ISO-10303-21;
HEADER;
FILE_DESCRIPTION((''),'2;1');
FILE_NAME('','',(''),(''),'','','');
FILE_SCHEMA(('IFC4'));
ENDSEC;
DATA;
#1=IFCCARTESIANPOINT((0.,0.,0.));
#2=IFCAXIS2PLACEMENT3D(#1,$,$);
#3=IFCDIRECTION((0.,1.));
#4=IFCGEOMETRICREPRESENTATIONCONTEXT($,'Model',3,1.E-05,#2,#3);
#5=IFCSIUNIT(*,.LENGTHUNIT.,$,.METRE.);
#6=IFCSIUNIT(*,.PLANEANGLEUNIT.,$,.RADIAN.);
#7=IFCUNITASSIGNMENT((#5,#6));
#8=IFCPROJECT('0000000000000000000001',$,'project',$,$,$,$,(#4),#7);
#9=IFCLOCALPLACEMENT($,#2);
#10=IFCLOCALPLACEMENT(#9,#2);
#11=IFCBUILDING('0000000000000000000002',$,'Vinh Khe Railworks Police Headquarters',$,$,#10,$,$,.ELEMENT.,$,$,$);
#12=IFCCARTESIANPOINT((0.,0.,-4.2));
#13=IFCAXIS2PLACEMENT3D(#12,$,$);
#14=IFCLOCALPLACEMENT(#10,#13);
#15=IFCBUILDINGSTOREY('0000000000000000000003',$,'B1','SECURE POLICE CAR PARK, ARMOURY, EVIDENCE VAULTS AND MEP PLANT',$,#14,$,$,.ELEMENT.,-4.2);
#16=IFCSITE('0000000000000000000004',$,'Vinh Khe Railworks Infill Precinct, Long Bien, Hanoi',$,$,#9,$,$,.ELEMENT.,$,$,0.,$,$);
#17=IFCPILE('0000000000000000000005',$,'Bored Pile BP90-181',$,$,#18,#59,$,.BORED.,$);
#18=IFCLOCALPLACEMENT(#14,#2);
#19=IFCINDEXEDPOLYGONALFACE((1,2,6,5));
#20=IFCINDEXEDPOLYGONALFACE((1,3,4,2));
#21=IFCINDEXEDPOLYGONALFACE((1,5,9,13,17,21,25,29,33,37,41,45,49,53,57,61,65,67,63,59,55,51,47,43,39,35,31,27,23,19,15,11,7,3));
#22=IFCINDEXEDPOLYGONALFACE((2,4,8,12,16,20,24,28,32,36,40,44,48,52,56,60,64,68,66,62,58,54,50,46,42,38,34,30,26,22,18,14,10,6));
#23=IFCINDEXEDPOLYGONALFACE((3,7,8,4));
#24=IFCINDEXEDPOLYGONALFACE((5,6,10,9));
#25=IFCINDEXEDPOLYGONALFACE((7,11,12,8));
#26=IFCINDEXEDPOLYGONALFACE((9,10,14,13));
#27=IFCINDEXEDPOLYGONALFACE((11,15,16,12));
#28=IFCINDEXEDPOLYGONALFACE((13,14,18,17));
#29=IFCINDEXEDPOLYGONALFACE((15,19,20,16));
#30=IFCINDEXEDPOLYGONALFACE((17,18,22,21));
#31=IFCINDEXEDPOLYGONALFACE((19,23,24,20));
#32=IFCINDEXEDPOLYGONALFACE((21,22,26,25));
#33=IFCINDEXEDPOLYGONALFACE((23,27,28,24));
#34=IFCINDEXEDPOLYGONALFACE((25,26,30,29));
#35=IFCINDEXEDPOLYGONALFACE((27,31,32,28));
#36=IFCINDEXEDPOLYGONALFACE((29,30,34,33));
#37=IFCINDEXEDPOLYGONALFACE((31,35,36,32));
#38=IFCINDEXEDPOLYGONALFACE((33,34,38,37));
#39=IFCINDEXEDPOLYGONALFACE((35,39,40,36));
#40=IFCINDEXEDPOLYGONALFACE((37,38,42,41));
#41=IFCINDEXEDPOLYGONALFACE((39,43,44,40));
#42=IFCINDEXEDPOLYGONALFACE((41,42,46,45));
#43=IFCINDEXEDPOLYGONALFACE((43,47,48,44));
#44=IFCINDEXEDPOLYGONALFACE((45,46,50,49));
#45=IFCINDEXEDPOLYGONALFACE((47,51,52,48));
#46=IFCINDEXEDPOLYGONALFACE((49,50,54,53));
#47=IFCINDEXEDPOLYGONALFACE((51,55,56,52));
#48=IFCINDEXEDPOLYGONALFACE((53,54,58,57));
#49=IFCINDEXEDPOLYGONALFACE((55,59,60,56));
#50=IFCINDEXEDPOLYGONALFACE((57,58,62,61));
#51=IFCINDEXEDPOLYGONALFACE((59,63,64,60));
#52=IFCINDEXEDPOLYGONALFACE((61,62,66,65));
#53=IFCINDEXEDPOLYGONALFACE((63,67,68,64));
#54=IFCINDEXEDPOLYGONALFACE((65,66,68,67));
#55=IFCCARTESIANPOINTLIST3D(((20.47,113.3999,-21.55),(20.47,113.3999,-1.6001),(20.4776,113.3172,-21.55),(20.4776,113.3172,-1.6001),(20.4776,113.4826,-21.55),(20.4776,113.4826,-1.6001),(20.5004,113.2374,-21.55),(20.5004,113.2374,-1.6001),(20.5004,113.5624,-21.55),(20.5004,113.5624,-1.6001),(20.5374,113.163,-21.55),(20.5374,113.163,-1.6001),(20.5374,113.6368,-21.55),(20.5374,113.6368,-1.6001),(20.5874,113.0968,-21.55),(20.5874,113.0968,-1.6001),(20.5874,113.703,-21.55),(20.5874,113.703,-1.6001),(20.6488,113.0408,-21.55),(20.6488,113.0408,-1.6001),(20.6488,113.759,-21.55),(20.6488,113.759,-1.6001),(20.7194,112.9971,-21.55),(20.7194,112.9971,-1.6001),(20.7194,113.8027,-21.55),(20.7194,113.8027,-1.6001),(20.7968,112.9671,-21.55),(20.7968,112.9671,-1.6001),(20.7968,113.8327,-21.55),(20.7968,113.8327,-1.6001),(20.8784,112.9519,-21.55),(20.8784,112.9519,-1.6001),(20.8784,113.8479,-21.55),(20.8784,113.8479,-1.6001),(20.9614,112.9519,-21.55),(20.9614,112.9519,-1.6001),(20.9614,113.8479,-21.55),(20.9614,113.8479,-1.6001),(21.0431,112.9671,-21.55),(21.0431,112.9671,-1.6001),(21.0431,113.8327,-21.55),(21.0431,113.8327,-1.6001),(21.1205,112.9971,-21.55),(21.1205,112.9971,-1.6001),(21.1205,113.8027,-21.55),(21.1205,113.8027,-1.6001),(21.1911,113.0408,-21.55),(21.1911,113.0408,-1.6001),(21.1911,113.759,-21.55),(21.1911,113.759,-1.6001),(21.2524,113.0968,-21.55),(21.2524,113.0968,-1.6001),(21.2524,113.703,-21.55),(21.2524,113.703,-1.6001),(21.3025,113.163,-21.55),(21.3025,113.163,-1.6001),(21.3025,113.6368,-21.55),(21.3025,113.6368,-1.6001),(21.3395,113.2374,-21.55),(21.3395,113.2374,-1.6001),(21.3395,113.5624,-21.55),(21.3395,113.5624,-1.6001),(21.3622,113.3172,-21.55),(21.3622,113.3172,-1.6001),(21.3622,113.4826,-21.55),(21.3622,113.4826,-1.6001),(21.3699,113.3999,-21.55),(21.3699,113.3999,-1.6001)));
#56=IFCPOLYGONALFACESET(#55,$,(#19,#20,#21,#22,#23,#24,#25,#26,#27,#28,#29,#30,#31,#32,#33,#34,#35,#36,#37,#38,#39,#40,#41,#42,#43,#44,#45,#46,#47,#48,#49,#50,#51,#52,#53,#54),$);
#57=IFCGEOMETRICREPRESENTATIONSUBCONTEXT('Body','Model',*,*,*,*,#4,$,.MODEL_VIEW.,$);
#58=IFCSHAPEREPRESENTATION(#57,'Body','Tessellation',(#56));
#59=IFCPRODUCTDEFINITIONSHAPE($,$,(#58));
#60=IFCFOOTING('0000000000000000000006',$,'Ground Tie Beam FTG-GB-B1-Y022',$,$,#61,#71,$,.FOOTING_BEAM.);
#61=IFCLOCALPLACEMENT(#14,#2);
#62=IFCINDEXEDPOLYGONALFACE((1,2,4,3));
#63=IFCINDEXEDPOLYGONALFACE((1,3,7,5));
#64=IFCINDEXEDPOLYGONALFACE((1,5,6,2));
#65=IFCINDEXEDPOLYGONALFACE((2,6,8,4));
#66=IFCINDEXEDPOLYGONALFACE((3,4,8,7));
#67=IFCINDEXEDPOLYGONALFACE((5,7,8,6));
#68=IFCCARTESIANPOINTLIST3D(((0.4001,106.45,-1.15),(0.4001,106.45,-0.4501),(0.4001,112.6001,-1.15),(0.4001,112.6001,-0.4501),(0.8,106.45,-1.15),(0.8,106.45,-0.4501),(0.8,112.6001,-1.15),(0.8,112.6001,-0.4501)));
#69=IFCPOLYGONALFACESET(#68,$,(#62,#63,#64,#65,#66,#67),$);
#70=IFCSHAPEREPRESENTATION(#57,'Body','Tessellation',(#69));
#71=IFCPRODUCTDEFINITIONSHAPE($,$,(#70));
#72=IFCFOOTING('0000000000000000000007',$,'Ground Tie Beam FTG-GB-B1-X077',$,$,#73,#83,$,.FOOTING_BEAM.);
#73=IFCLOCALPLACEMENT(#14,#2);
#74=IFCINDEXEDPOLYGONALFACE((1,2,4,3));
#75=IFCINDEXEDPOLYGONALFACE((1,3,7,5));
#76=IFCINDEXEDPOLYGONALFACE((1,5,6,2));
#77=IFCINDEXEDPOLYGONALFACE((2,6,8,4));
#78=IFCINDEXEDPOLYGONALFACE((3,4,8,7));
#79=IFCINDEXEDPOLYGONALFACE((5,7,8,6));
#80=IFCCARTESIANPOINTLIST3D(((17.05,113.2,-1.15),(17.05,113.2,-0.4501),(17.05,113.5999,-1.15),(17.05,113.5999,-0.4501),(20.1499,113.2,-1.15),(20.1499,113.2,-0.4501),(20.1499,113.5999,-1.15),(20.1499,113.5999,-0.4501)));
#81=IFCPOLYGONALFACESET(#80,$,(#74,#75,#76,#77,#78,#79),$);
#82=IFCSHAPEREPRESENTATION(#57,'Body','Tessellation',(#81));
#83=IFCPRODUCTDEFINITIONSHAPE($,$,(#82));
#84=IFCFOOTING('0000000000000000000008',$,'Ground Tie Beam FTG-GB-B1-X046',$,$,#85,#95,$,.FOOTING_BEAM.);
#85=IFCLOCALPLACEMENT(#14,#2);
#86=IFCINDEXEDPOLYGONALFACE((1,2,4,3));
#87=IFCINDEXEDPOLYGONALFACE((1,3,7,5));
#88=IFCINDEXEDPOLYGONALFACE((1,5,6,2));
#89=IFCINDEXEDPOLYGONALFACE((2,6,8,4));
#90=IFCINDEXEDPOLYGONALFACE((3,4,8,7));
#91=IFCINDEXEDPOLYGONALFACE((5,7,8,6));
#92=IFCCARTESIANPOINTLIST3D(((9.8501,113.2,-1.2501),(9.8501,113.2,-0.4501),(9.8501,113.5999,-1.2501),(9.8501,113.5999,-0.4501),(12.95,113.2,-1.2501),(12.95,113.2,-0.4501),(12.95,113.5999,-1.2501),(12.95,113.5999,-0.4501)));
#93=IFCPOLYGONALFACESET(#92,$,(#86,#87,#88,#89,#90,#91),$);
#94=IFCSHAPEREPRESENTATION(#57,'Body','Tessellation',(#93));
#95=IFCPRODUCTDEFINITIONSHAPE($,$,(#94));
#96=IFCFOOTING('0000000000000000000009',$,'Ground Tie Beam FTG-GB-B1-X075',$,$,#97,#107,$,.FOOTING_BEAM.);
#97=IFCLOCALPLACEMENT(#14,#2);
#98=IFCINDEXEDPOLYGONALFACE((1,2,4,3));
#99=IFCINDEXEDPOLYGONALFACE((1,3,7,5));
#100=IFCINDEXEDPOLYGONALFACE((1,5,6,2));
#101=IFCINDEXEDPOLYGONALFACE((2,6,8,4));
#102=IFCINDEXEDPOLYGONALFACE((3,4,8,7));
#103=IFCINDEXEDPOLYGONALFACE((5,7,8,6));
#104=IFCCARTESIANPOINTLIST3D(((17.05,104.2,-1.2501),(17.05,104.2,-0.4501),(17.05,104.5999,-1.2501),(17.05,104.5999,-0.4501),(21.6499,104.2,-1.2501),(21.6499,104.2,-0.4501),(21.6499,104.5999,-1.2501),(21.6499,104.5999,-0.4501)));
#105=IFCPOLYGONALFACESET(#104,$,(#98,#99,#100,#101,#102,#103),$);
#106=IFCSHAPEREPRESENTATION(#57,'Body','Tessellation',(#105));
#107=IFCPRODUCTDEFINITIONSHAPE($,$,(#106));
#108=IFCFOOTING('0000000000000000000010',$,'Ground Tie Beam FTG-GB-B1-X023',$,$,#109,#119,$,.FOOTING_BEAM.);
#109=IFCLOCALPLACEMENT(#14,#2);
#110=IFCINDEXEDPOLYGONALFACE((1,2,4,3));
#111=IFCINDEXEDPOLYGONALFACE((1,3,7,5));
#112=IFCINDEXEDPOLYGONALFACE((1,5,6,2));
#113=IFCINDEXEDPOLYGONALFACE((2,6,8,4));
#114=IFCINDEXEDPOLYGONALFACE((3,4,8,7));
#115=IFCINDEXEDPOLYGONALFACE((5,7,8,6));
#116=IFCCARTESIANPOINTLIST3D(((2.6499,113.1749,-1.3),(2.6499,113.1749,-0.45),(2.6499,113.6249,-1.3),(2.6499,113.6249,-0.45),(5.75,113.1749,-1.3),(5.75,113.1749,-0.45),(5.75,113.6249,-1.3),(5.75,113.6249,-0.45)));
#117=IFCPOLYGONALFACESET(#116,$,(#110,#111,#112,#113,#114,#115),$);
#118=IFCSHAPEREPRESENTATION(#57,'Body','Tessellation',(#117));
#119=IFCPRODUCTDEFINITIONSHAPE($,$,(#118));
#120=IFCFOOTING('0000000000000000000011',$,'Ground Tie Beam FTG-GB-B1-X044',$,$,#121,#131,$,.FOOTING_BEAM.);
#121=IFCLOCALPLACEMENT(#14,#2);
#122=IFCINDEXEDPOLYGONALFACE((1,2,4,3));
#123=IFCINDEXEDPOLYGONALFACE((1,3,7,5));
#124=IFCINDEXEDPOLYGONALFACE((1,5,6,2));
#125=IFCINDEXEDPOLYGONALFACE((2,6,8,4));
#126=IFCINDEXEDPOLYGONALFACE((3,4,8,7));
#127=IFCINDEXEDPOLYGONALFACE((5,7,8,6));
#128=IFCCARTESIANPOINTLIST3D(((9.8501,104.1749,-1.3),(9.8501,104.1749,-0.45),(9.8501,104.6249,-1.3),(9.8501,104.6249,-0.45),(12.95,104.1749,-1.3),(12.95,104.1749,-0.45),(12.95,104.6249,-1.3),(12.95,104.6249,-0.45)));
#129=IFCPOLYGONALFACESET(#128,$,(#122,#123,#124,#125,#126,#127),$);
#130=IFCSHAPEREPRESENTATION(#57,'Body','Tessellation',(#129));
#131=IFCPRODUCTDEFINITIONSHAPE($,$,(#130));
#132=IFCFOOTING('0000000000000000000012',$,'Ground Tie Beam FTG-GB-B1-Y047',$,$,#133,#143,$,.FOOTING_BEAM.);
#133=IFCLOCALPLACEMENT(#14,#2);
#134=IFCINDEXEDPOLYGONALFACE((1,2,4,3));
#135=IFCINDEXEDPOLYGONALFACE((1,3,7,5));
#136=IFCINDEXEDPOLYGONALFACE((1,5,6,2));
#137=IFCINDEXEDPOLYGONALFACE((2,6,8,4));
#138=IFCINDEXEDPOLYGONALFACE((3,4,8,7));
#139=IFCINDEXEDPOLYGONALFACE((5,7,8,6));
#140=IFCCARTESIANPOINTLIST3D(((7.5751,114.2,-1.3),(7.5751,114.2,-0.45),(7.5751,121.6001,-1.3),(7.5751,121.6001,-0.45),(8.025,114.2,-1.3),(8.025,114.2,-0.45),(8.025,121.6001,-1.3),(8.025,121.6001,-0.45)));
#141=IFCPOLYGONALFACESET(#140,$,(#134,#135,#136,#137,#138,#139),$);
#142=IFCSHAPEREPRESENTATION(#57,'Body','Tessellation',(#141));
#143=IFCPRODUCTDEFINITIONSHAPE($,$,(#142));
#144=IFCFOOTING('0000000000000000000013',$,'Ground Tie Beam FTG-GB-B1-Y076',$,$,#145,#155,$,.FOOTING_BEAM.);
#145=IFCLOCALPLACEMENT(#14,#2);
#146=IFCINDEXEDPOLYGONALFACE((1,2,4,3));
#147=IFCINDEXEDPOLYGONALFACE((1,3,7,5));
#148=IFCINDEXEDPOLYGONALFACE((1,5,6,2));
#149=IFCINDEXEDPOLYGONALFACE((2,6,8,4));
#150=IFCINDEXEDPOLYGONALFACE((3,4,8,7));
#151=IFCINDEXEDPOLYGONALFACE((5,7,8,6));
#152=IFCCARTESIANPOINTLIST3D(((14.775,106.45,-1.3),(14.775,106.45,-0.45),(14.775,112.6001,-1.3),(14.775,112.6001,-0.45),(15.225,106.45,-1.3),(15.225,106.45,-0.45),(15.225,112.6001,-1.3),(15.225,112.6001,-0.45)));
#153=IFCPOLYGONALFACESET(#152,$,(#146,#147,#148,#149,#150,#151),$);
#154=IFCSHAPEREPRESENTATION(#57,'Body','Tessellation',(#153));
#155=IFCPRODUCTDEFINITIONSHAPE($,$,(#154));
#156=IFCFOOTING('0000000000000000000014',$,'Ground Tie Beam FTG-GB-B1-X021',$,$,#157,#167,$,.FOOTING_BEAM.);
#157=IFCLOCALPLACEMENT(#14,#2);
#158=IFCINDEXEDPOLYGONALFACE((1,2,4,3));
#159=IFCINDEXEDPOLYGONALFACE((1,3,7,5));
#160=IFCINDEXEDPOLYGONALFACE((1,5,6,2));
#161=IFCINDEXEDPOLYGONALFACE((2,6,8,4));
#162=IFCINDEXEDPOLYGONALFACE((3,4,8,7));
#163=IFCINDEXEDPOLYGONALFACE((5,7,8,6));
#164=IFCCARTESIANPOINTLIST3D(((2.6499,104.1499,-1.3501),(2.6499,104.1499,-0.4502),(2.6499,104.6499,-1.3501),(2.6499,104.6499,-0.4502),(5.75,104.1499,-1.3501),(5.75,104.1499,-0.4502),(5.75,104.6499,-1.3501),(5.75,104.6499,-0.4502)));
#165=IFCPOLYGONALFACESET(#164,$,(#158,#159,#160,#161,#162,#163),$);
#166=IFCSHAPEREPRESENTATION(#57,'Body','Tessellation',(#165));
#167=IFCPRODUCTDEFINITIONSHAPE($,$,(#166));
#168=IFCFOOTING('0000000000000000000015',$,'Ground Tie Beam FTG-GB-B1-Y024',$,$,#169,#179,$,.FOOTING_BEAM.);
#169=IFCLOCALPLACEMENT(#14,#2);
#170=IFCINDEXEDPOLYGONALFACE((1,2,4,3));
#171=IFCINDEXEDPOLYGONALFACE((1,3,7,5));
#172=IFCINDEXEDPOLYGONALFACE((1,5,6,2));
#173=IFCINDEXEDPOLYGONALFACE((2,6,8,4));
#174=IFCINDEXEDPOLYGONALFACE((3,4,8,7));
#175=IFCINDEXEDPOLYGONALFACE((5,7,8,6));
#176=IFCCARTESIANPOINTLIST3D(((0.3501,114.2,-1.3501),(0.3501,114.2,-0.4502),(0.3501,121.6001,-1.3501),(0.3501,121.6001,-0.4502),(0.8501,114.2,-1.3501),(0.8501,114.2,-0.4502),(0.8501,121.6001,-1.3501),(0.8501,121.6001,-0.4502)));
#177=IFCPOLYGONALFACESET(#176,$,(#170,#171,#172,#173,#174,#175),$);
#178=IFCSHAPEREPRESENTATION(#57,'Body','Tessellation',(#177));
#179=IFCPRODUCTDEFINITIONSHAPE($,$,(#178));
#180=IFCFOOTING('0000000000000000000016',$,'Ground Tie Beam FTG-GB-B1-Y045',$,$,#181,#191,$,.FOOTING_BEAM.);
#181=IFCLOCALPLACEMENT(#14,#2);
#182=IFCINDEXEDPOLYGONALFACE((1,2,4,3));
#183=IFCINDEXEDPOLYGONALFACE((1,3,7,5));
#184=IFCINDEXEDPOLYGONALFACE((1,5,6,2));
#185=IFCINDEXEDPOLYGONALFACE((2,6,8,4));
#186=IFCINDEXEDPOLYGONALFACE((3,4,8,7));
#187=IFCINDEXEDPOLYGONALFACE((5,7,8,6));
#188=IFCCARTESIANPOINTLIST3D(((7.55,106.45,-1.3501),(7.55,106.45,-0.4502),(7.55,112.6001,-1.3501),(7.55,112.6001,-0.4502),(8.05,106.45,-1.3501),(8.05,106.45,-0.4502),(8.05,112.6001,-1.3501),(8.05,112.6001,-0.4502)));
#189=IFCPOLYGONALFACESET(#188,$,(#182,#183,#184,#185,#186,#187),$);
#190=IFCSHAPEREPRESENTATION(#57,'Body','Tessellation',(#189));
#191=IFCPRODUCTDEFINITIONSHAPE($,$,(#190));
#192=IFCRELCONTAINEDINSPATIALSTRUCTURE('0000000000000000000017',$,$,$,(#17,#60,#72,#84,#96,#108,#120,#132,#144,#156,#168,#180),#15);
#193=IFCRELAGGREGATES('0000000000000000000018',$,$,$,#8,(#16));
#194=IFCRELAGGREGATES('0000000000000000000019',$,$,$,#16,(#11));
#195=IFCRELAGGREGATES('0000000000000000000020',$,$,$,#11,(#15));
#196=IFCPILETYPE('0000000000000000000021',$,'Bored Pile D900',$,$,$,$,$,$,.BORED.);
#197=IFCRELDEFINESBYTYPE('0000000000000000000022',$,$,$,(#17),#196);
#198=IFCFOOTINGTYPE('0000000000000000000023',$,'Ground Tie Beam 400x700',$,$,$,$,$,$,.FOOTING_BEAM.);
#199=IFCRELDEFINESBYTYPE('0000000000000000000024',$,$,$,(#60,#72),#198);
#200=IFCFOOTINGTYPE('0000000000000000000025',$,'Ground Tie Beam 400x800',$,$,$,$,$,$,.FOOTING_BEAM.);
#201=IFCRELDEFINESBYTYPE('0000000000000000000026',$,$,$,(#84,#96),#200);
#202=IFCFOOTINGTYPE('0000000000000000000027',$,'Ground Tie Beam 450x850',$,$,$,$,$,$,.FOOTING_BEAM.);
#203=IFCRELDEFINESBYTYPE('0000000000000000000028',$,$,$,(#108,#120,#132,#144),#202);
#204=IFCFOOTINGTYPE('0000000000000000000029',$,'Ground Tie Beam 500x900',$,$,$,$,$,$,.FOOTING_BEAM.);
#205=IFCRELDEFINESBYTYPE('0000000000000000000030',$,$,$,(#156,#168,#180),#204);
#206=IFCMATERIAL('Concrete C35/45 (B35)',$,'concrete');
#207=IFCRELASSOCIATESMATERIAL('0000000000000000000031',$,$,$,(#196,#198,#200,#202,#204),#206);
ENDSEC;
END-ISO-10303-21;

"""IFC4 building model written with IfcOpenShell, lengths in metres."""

from ifc_helpers import new_model, si_unit, direction, frame, origin, origin_2d, place, context, subcontext, project, spatial, rectangle, circle, extrude, material, material_profile, profile_set, type_object, element, save


model = new_model("IFC4")

# Units and contexts
model_context = context("Model", 3, precision=1e-05, world=origin(), true_north=direction((0.0, 1.0)))
body_context = subcontext(model_context, "Body", "Model", "MODEL_VIEW")
ifc_project = project(units=[si_unit("LENGTHUNIT", "METRE"), si_unit("PLANEANGLEUNIT", "RADIAN")], contexts=[model_context])

# Site, building, storey
site_placement = place(None, origin())
site = spatial("IfcSite", under=ifc_project, at=site_placement, Name="Vinh Khe Railworks Infill Precinct, Long Bien, Hanoi", CompositionType="ELEMENT", RefElevation=0.0)
building_placement = place(site_placement, origin())
building = spatial("IfcBuilding", under=site, at=building_placement, Name="Vinh Khe Railworks Police Headquarters", CompositionType="ELEMENT")
storey_placement = place(building_placement, frame((0.0, 0.0, -4.2)))
storey = spatial("IfcBuildingStorey", under=building, at=storey_placement, Name="B1", Description="SECURE POLICE CAR PARK, ARMOURY, EVIDENCE VAULTS AND MEP PLANT", CompositionType="ELEMENT", Elevation=-4.2)

# Pile
ifc_material_1 = material(Name="Concrete C35/45 (B35)", Category="concrete")
ifc_material_profile_1 = material_profile(ifc_material_1, circle(Radius=0.45, at=origin_2d()), Name="BORED PILE D900")
ifc_profile_set_1 = profile_set([ifc_material_profile_1], Name="Concrete C35/45 (B35)")
pile_type = type_object("IfcPileType", Name="Bored Pile D900", PredefinedType="BORED", material=ifc_profile_set_1)
for number, where, z_axis, x_axis, name in (
    (1, (20.9199, 113.3999, -1.6001), (0.0, 0.0, -1.0), (1.0, 0.0, 0.0), "Bored Pile BP90-181"),
):
    element("IfcPile", number, at=place(storey_placement, frame(where, z_axis=z_axis, x_axis=x_axis)), inside=storey, type_object=pile_type, Name=name, PredefinedType="BORED", context=body_context, shape_type="SweptSolid", body=[
        extrude(circle(Radius=0.45, at=origin_2d()), origin(), (0.0, 0.0, 1.0), 19.95),
    ])

# Footings
ifc_material_profile_2 = material_profile(ifc_material_1, rectangle(XDim=0.3999, YDim=0.7, at=origin_2d()), Name="RC 400x700")
ifc_profile_set_2 = profile_set([ifc_material_profile_2], Name="Concrete C35/45 (B35)")
footing_type_1 = type_object("IfcFootingType", Name="Ground Tie Beam 400x700", PredefinedType="FOOTING_BEAM", material=ifc_profile_set_2)
footing_1_placement = place(storey_placement, frame((0.6001, 106.45, -0.8), z_axis=(0.0, 1.0, 0.0), x_axis=(-1.0, 0.0, 0.0)))
element("IfcFooting", 2, at=footing_1_placement, inside=storey, type_object=footing_type_1, Name="Ground Tie Beam FTG-GB-B1-Y022", PredefinedType="FOOTING_BEAM", context=body_context, shape_type="SweptSolid", body=[
    extrude(rectangle(XDim=0.3999, YDim=0.7, at=origin_2d()), origin(), (0.0, 0.0, 1.0), 6.1501),
])
footing_2_placement = place(storey_placement, frame((17.05, 113.3999, -0.8), z_axis=(1.0, 0.0, 0.0), x_axis=(0.0, 1.0, 0.0)))
element("IfcFooting", 3, at=footing_2_placement, inside=storey, type_object=footing_type_1, Name="Ground Tie Beam FTG-GB-B1-X077", PredefinedType="FOOTING_BEAM", context=body_context, shape_type="SweptSolid", body=[
    extrude(rectangle(XDim=0.3999, YDim=0.7, at=origin_2d()), origin(), (0.0, 0.0, 1.0), 3.0999),
])
ifc_material_profile_3 = material_profile(ifc_material_1, rectangle(XDim=0.3999, YDim=0.8, at=origin_2d()), Name="RC 400x800")
ifc_profile_set_3 = profile_set([ifc_material_profile_3], Name="Concrete C35/45 (B35)")
footing_type_2 = type_object("IfcFootingType", Name="Ground Tie Beam 400x800", PredefinedType="FOOTING_BEAM", material=ifc_profile_set_3)
footing_3_placement = place(storey_placement, frame((9.8501, 113.3999, -0.8501), z_axis=(1.0, 0.0, 0.0), x_axis=(0.0, 1.0, 0.0)))
element("IfcFooting", 4, at=footing_3_placement, inside=storey, type_object=footing_type_2, Name="Ground Tie Beam FTG-GB-B1-X046", PredefinedType="FOOTING_BEAM", context=body_context, shape_type="SweptSolid", body=[
    extrude(rectangle(XDim=0.3999, YDim=0.8, at=origin_2d()), origin(), (0.0, 0.0, 1.0), 3.0999),
])
footing_4_placement = place(storey_placement, frame((17.05, 104.3999, -0.8501), z_axis=(1.0, 0.0, 0.0), x_axis=(0.0, 1.0, 0.0)))
element("IfcFooting", 5, at=footing_4_placement, inside=storey, type_object=footing_type_2, Name="Ground Tie Beam FTG-GB-B1-X075", PredefinedType="FOOTING_BEAM", context=body_context, shape_type="SweptSolid", body=[
    extrude(rectangle(XDim=0.3999, YDim=0.8, at=origin_2d()), origin(), (0.0, 0.0, 1.0), 4.5999),
])
ifc_material_profile_4 = material_profile(ifc_material_1, rectangle(XDim=0.45, YDim=0.8501, at=origin_2d()), Name="RC 450x850")
ifc_profile_set_4 = profile_set([ifc_material_profile_4], Name="Concrete C35/45 (B35)")
footing_type_3 = type_object("IfcFootingType", Name="Ground Tie Beam 450x850", PredefinedType="FOOTING_BEAM", material=ifc_profile_set_4)
footing_5_placement = place(storey_placement, frame((2.6499, 113.3999, -0.875), z_axis=(1.0, 0.0, 0.0), x_axis=(0.0, 1.0, 0.0)))
element("IfcFooting", 6, at=footing_5_placement, inside=storey, type_object=footing_type_3, Name="Ground Tie Beam FTG-GB-B1-X023", PredefinedType="FOOTING_BEAM", context=body_context, shape_type="SweptSolid", body=[
    extrude(rectangle(XDim=0.45, YDim=0.8501, at=origin_2d()), origin(), (0.0, 0.0, 1.0), 3.1001),
])
footing_6_placement = place(storey_placement, frame((9.8501, 104.3999, -0.875), z_axis=(1.0, 0.0, 0.0), x_axis=(0.0, 1.0, 0.0)))
element("IfcFooting", 7, at=footing_6_placement, inside=storey, type_object=footing_type_3, Name="Ground Tie Beam FTG-GB-B1-X044", PredefinedType="FOOTING_BEAM", context=body_context, shape_type="SweptSolid", body=[
    extrude(rectangle(XDim=0.45, YDim=0.8501, at=origin_2d()), origin(), (0.0, 0.0, 1.0), 3.0999),
])
footing_7_placement = place(storey_placement, frame((7.8, 114.2, -0.875), z_axis=(0.0, 1.0, 0.0), x_axis=(-1.0, 0.0, 0.0)))
element("IfcFooting", 8, at=footing_7_placement, inside=storey, type_object=footing_type_3, Name="Ground Tie Beam FTG-GB-B1-Y047", PredefinedType="FOOTING_BEAM", context=body_context, shape_type="SweptSolid", body=[
    extrude(rectangle(XDim=0.45, YDim=0.8501, at=origin_2d()), origin(), (0.0, 0.0, 1.0), 7.4001),
])
footing_8_placement = place(storey_placement, frame((15.0, 106.45, -0.875), z_axis=(0.0, 1.0, 0.0), x_axis=(-1.0, 0.0, 0.0)))
element("IfcFooting", 9, at=footing_8_placement, inside=storey, type_object=footing_type_3, Name="Ground Tie Beam FTG-GB-B1-Y076", PredefinedType="FOOTING_BEAM", context=body_context, shape_type="SweptSolid", body=[
    extrude(rectangle(XDim=0.45, YDim=0.8501, at=origin_2d()), origin(), (0.0, 0.0, 1.0), 6.1501),
])
ifc_material_profile_5 = material_profile(ifc_material_1, rectangle(XDim=0.5, YDim=0.8999, at=origin_2d()), Name="RC 500x900")
ifc_profile_set_5 = profile_set([ifc_material_profile_5], Name="Concrete C35/45 (B35)")
footing_type_4 = type_object("IfcFootingType", Name="Ground Tie Beam 500x900", PredefinedType="FOOTING_BEAM", material=ifc_profile_set_5)
footing_9_placement = place(storey_placement, frame((2.6499, 104.3999, -0.9001), z_axis=(1.0, 0.0, 0.0), x_axis=(0.0, 1.0, 0.0)))
element("IfcFooting", 10, at=footing_9_placement, inside=storey, type_object=footing_type_4, Name="Ground Tie Beam FTG-GB-B1-X021", PredefinedType="FOOTING_BEAM", context=body_context, shape_type="SweptSolid", body=[
    extrude(rectangle(XDim=0.5, YDim=0.8999, at=origin_2d()), origin(), (0.0, 0.0, 1.0), 3.1001),
])
footing_10_placement = place(storey_placement, frame((0.6001, 114.2, -0.9001), z_axis=(0.0, 1.0, 0.0), x_axis=(-1.0, 0.0, 0.0)))
element("IfcFooting", 11, at=footing_10_placement, inside=storey, type_object=footing_type_4, Name="Ground Tie Beam FTG-GB-B1-Y024", PredefinedType="FOOTING_BEAM", context=body_context, shape_type="SweptSolid", body=[
    extrude(rectangle(XDim=0.5, YDim=0.8999, at=origin_2d()), origin(), (0.0, 0.0, 1.0), 7.4001),
])
footing_11_placement = place(storey_placement, frame((7.8, 106.45, -0.9001), z_axis=(0.0, 1.0, 0.0), x_axis=(-1.0, 0.0, 0.0)))
element("IfcFooting", 12, at=footing_11_placement, inside=storey, type_object=footing_type_4, Name="Ground Tie Beam FTG-GB-B1-Y045", PredefinedType="FOOTING_BEAM", context=body_context, shape_type="SweptSolid", body=[
    extrude(rectangle(XDim=0.5, YDim=0.8999, at=origin_2d()), origin(), (0.0, 0.0, 1.0), 6.1501),
])

save(model, "model.ifc")
